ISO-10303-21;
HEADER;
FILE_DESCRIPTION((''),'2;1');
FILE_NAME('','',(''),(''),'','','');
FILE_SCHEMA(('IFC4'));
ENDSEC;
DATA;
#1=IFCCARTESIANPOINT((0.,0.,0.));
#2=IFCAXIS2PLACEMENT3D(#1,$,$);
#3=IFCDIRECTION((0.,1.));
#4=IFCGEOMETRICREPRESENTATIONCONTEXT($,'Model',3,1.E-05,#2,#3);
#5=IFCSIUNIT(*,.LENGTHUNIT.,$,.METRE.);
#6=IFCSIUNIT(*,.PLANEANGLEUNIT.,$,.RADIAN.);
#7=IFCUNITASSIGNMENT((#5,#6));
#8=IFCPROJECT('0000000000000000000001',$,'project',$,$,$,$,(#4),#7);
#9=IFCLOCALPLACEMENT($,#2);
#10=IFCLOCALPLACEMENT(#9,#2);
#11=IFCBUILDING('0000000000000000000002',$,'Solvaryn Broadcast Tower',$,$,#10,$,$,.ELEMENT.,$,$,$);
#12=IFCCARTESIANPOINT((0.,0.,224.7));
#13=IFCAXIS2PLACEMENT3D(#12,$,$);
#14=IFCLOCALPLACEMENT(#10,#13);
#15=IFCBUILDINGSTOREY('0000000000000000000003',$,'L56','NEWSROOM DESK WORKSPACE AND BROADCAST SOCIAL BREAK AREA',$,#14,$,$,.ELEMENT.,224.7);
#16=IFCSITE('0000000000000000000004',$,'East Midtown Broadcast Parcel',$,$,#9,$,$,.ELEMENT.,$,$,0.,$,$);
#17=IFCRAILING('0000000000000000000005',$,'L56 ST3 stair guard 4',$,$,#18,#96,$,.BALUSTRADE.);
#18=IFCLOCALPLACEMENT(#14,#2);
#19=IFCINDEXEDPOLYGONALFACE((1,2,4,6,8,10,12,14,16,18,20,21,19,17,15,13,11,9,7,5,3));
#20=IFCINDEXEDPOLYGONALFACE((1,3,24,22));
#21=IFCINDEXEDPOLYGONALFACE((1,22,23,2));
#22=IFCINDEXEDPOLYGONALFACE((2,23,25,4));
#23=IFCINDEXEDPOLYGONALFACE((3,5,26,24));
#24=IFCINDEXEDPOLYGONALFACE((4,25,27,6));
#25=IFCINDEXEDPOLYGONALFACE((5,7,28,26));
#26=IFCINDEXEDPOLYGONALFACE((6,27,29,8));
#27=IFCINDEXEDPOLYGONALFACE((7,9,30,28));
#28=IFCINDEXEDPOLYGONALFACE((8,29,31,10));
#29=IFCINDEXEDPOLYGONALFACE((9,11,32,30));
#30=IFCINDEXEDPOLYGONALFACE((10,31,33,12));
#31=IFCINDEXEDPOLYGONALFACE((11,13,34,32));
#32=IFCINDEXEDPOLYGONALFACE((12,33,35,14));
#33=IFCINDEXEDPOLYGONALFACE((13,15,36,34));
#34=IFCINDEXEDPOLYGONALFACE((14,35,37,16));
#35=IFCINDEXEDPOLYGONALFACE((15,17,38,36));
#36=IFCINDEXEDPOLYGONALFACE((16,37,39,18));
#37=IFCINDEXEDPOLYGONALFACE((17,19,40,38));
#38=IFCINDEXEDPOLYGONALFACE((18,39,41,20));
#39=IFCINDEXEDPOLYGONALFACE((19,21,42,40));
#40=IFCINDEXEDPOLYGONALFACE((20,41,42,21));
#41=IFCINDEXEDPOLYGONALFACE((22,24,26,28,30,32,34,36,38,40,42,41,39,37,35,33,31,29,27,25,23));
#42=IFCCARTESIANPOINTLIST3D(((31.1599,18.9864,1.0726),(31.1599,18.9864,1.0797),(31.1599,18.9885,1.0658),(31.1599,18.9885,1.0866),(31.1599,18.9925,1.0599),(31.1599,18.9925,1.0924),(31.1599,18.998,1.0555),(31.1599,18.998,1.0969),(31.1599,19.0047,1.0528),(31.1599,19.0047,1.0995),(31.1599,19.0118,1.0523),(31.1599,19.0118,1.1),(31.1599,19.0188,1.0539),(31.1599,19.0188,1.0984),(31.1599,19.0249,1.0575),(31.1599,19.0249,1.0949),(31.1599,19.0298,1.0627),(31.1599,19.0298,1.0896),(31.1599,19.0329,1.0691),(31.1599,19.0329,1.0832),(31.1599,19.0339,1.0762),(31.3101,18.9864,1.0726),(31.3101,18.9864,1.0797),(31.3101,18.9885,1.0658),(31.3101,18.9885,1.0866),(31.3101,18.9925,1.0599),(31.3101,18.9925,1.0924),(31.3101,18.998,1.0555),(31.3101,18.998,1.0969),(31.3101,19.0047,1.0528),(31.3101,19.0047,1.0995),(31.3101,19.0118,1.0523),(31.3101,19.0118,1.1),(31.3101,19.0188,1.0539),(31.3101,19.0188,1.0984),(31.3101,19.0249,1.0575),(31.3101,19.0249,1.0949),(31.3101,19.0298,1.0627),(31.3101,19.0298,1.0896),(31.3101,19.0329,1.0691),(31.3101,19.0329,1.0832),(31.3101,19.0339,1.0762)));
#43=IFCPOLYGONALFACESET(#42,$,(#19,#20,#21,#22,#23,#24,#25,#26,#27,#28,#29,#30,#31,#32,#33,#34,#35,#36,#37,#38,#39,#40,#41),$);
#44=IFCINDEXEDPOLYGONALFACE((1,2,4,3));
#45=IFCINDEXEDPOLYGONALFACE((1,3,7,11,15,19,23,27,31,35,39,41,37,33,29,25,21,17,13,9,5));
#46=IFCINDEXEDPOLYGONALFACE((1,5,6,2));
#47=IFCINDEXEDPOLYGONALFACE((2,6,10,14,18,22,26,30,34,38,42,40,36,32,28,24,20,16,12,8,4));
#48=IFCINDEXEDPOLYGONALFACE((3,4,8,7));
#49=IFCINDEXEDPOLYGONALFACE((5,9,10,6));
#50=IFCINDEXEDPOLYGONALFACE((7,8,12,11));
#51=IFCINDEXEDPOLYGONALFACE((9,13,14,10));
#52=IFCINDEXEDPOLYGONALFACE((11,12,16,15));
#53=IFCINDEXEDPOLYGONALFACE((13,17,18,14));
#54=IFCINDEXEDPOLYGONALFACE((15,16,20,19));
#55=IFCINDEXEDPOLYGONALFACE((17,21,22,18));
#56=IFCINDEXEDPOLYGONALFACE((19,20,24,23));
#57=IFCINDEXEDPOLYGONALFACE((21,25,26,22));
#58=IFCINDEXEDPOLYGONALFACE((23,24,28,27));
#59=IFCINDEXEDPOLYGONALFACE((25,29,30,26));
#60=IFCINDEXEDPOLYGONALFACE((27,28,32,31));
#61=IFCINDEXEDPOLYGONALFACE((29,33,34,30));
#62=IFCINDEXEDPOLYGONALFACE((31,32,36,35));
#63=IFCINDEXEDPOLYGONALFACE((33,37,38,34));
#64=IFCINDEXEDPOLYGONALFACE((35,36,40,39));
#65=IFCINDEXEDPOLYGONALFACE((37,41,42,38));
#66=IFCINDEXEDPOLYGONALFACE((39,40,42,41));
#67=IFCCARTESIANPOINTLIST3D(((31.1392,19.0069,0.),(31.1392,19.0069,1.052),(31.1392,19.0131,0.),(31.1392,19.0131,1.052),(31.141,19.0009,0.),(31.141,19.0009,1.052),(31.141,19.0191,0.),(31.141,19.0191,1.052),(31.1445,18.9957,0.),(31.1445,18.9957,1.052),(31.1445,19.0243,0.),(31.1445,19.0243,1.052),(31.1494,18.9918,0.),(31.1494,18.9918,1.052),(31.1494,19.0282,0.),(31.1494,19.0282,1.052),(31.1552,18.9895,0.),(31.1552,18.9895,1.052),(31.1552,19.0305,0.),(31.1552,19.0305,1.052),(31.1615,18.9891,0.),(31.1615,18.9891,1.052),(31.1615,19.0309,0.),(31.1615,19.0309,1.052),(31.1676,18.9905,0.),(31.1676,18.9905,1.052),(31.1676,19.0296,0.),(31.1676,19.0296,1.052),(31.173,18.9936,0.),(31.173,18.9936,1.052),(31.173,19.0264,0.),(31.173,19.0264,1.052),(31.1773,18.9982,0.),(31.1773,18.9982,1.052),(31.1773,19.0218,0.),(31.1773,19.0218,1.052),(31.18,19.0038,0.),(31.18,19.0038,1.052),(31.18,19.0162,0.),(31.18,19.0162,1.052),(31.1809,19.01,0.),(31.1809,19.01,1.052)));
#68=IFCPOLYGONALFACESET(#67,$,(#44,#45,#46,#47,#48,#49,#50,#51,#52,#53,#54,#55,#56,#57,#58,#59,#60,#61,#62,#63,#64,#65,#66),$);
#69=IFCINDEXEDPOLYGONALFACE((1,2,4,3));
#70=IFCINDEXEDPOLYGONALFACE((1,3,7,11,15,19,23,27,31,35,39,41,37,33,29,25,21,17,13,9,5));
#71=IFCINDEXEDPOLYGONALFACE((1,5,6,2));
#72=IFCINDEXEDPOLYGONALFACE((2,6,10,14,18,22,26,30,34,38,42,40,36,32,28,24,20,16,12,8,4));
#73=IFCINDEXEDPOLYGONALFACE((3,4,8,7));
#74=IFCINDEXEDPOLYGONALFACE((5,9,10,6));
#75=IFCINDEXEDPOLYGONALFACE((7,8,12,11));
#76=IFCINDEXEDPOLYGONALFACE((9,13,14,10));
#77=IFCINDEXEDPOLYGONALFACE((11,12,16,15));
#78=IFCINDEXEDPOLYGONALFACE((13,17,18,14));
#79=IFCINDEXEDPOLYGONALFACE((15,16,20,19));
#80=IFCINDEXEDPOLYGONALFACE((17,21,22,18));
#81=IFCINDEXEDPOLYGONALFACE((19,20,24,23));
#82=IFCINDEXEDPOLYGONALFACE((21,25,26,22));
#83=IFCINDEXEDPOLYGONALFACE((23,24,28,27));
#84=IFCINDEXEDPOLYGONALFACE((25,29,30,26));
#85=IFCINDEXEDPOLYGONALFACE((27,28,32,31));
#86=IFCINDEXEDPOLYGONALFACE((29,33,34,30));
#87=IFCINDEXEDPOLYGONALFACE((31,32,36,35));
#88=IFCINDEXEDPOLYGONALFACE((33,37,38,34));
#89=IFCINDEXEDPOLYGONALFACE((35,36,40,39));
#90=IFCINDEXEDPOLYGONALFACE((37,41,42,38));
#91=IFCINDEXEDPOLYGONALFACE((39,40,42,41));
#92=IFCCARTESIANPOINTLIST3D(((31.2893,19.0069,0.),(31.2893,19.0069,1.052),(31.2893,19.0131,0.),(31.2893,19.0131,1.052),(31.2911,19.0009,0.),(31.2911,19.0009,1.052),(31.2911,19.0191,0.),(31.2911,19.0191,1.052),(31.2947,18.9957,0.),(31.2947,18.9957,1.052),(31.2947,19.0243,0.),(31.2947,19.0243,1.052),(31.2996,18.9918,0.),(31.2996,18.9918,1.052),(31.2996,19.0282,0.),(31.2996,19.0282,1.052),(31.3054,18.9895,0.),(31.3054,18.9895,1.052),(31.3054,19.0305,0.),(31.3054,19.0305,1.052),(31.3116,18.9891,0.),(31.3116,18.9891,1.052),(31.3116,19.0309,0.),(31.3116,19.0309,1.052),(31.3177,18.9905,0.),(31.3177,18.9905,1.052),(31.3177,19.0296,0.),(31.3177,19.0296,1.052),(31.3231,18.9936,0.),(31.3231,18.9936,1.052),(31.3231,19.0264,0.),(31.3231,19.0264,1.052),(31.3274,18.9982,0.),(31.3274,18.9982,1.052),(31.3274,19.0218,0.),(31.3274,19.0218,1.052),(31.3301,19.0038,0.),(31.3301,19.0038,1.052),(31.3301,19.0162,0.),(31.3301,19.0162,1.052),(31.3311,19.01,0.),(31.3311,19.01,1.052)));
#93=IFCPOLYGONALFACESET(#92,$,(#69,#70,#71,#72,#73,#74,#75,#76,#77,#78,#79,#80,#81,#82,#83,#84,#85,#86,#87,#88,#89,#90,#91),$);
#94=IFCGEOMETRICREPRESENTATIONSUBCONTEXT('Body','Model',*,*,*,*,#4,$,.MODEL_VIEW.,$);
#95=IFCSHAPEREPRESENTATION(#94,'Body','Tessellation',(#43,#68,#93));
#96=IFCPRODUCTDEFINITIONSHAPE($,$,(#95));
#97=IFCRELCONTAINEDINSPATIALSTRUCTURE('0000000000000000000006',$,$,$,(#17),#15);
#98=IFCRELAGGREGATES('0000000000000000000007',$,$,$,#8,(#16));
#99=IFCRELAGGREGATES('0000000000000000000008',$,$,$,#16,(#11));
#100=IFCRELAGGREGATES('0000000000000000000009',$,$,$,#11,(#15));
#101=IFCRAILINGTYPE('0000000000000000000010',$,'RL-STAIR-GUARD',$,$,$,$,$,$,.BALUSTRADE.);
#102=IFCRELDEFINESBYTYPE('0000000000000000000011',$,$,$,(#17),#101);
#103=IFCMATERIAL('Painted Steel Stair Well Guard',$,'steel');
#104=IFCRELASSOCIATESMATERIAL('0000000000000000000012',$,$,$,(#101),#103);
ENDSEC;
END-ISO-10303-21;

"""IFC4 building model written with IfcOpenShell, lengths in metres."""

from ifc_helpers import new_model, si_unit, direction, frame, origin, origin_2d, place, context, subcontext, project, spatial, circle, extrude, material, type_object, element, save


model = new_model("IFC4")

# Units and contexts
model_context = context("Model", 3, precision=1e-05, world=origin(), true_north=direction((0.0, 1.0)))
body_context = subcontext(model_context, "Body", "Model", "MODEL_VIEW")
ifc_project = project(units=[si_unit("LENGTHUNIT", "METRE"), si_unit("PLANEANGLEUNIT", "RADIAN")], contexts=[model_context])

# Site, building, storey
site_placement = place(None, origin())
site = spatial("IfcSite", under=ifc_project, at=site_placement, Name="East Midtown Broadcast Parcel", CompositionType="ELEMENT", RefElevation=0.0)
building_placement = place(site_placement, origin())
building = spatial("IfcBuilding", under=site, at=building_placement, Name="Solvaryn Broadcast Tower", CompositionType="ELEMENT")
storey_placement = place(building_placement, frame((0.0, 0.0, 224.7)))
storey = spatial("IfcBuildingStorey", under=building, at=storey_placement, Name="L56", Description="NEWSROOM DESK WORKSPACE AND BROADCAST SOCIAL BREAK AREA", CompositionType="ELEMENT", Elevation=224.7)

# Railing
ifc_material_1 = material(Name="Painted Steel Stair Well Guard", Category="steel")
railing_type_1 = type_object("IfcRailingType", Name="RL-STAIR-GUARD", PredefinedType="BALUSTRADE", material=ifc_material_1)
railing_1_placement = place(storey_placement, frame((31.1599, 19.01, 0.0)))
element("IfcRailing", 1, at=railing_1_placement, inside=storey, type_object=railing_type_1, Name="L56 ST3 stair guard 4", PredefinedType="BALUSTRADE", context=body_context, shape_type="SweptSolid", body=[
    extrude(circle(Radius=0.0239, at=origin_2d()), frame((0.0, 0.0, 1.0762), z_axis=(1.0, 0.0, 0.0), x_axis=(0.0, 1.0, 0.0)), (0.0, 0.0, 1.0), 0.1501),
    extrude(circle(Radius=0.021, at=origin_2d()), origin(), (0.0, 0.0, 1.0), 1.052),
    extrude(circle(Radius=0.021, at=origin_2d()), frame((0.1501, 0.0, 0.0)), (0.0, 0.0, 1.0), 1.052),
])

save(model, "model.ifc")
